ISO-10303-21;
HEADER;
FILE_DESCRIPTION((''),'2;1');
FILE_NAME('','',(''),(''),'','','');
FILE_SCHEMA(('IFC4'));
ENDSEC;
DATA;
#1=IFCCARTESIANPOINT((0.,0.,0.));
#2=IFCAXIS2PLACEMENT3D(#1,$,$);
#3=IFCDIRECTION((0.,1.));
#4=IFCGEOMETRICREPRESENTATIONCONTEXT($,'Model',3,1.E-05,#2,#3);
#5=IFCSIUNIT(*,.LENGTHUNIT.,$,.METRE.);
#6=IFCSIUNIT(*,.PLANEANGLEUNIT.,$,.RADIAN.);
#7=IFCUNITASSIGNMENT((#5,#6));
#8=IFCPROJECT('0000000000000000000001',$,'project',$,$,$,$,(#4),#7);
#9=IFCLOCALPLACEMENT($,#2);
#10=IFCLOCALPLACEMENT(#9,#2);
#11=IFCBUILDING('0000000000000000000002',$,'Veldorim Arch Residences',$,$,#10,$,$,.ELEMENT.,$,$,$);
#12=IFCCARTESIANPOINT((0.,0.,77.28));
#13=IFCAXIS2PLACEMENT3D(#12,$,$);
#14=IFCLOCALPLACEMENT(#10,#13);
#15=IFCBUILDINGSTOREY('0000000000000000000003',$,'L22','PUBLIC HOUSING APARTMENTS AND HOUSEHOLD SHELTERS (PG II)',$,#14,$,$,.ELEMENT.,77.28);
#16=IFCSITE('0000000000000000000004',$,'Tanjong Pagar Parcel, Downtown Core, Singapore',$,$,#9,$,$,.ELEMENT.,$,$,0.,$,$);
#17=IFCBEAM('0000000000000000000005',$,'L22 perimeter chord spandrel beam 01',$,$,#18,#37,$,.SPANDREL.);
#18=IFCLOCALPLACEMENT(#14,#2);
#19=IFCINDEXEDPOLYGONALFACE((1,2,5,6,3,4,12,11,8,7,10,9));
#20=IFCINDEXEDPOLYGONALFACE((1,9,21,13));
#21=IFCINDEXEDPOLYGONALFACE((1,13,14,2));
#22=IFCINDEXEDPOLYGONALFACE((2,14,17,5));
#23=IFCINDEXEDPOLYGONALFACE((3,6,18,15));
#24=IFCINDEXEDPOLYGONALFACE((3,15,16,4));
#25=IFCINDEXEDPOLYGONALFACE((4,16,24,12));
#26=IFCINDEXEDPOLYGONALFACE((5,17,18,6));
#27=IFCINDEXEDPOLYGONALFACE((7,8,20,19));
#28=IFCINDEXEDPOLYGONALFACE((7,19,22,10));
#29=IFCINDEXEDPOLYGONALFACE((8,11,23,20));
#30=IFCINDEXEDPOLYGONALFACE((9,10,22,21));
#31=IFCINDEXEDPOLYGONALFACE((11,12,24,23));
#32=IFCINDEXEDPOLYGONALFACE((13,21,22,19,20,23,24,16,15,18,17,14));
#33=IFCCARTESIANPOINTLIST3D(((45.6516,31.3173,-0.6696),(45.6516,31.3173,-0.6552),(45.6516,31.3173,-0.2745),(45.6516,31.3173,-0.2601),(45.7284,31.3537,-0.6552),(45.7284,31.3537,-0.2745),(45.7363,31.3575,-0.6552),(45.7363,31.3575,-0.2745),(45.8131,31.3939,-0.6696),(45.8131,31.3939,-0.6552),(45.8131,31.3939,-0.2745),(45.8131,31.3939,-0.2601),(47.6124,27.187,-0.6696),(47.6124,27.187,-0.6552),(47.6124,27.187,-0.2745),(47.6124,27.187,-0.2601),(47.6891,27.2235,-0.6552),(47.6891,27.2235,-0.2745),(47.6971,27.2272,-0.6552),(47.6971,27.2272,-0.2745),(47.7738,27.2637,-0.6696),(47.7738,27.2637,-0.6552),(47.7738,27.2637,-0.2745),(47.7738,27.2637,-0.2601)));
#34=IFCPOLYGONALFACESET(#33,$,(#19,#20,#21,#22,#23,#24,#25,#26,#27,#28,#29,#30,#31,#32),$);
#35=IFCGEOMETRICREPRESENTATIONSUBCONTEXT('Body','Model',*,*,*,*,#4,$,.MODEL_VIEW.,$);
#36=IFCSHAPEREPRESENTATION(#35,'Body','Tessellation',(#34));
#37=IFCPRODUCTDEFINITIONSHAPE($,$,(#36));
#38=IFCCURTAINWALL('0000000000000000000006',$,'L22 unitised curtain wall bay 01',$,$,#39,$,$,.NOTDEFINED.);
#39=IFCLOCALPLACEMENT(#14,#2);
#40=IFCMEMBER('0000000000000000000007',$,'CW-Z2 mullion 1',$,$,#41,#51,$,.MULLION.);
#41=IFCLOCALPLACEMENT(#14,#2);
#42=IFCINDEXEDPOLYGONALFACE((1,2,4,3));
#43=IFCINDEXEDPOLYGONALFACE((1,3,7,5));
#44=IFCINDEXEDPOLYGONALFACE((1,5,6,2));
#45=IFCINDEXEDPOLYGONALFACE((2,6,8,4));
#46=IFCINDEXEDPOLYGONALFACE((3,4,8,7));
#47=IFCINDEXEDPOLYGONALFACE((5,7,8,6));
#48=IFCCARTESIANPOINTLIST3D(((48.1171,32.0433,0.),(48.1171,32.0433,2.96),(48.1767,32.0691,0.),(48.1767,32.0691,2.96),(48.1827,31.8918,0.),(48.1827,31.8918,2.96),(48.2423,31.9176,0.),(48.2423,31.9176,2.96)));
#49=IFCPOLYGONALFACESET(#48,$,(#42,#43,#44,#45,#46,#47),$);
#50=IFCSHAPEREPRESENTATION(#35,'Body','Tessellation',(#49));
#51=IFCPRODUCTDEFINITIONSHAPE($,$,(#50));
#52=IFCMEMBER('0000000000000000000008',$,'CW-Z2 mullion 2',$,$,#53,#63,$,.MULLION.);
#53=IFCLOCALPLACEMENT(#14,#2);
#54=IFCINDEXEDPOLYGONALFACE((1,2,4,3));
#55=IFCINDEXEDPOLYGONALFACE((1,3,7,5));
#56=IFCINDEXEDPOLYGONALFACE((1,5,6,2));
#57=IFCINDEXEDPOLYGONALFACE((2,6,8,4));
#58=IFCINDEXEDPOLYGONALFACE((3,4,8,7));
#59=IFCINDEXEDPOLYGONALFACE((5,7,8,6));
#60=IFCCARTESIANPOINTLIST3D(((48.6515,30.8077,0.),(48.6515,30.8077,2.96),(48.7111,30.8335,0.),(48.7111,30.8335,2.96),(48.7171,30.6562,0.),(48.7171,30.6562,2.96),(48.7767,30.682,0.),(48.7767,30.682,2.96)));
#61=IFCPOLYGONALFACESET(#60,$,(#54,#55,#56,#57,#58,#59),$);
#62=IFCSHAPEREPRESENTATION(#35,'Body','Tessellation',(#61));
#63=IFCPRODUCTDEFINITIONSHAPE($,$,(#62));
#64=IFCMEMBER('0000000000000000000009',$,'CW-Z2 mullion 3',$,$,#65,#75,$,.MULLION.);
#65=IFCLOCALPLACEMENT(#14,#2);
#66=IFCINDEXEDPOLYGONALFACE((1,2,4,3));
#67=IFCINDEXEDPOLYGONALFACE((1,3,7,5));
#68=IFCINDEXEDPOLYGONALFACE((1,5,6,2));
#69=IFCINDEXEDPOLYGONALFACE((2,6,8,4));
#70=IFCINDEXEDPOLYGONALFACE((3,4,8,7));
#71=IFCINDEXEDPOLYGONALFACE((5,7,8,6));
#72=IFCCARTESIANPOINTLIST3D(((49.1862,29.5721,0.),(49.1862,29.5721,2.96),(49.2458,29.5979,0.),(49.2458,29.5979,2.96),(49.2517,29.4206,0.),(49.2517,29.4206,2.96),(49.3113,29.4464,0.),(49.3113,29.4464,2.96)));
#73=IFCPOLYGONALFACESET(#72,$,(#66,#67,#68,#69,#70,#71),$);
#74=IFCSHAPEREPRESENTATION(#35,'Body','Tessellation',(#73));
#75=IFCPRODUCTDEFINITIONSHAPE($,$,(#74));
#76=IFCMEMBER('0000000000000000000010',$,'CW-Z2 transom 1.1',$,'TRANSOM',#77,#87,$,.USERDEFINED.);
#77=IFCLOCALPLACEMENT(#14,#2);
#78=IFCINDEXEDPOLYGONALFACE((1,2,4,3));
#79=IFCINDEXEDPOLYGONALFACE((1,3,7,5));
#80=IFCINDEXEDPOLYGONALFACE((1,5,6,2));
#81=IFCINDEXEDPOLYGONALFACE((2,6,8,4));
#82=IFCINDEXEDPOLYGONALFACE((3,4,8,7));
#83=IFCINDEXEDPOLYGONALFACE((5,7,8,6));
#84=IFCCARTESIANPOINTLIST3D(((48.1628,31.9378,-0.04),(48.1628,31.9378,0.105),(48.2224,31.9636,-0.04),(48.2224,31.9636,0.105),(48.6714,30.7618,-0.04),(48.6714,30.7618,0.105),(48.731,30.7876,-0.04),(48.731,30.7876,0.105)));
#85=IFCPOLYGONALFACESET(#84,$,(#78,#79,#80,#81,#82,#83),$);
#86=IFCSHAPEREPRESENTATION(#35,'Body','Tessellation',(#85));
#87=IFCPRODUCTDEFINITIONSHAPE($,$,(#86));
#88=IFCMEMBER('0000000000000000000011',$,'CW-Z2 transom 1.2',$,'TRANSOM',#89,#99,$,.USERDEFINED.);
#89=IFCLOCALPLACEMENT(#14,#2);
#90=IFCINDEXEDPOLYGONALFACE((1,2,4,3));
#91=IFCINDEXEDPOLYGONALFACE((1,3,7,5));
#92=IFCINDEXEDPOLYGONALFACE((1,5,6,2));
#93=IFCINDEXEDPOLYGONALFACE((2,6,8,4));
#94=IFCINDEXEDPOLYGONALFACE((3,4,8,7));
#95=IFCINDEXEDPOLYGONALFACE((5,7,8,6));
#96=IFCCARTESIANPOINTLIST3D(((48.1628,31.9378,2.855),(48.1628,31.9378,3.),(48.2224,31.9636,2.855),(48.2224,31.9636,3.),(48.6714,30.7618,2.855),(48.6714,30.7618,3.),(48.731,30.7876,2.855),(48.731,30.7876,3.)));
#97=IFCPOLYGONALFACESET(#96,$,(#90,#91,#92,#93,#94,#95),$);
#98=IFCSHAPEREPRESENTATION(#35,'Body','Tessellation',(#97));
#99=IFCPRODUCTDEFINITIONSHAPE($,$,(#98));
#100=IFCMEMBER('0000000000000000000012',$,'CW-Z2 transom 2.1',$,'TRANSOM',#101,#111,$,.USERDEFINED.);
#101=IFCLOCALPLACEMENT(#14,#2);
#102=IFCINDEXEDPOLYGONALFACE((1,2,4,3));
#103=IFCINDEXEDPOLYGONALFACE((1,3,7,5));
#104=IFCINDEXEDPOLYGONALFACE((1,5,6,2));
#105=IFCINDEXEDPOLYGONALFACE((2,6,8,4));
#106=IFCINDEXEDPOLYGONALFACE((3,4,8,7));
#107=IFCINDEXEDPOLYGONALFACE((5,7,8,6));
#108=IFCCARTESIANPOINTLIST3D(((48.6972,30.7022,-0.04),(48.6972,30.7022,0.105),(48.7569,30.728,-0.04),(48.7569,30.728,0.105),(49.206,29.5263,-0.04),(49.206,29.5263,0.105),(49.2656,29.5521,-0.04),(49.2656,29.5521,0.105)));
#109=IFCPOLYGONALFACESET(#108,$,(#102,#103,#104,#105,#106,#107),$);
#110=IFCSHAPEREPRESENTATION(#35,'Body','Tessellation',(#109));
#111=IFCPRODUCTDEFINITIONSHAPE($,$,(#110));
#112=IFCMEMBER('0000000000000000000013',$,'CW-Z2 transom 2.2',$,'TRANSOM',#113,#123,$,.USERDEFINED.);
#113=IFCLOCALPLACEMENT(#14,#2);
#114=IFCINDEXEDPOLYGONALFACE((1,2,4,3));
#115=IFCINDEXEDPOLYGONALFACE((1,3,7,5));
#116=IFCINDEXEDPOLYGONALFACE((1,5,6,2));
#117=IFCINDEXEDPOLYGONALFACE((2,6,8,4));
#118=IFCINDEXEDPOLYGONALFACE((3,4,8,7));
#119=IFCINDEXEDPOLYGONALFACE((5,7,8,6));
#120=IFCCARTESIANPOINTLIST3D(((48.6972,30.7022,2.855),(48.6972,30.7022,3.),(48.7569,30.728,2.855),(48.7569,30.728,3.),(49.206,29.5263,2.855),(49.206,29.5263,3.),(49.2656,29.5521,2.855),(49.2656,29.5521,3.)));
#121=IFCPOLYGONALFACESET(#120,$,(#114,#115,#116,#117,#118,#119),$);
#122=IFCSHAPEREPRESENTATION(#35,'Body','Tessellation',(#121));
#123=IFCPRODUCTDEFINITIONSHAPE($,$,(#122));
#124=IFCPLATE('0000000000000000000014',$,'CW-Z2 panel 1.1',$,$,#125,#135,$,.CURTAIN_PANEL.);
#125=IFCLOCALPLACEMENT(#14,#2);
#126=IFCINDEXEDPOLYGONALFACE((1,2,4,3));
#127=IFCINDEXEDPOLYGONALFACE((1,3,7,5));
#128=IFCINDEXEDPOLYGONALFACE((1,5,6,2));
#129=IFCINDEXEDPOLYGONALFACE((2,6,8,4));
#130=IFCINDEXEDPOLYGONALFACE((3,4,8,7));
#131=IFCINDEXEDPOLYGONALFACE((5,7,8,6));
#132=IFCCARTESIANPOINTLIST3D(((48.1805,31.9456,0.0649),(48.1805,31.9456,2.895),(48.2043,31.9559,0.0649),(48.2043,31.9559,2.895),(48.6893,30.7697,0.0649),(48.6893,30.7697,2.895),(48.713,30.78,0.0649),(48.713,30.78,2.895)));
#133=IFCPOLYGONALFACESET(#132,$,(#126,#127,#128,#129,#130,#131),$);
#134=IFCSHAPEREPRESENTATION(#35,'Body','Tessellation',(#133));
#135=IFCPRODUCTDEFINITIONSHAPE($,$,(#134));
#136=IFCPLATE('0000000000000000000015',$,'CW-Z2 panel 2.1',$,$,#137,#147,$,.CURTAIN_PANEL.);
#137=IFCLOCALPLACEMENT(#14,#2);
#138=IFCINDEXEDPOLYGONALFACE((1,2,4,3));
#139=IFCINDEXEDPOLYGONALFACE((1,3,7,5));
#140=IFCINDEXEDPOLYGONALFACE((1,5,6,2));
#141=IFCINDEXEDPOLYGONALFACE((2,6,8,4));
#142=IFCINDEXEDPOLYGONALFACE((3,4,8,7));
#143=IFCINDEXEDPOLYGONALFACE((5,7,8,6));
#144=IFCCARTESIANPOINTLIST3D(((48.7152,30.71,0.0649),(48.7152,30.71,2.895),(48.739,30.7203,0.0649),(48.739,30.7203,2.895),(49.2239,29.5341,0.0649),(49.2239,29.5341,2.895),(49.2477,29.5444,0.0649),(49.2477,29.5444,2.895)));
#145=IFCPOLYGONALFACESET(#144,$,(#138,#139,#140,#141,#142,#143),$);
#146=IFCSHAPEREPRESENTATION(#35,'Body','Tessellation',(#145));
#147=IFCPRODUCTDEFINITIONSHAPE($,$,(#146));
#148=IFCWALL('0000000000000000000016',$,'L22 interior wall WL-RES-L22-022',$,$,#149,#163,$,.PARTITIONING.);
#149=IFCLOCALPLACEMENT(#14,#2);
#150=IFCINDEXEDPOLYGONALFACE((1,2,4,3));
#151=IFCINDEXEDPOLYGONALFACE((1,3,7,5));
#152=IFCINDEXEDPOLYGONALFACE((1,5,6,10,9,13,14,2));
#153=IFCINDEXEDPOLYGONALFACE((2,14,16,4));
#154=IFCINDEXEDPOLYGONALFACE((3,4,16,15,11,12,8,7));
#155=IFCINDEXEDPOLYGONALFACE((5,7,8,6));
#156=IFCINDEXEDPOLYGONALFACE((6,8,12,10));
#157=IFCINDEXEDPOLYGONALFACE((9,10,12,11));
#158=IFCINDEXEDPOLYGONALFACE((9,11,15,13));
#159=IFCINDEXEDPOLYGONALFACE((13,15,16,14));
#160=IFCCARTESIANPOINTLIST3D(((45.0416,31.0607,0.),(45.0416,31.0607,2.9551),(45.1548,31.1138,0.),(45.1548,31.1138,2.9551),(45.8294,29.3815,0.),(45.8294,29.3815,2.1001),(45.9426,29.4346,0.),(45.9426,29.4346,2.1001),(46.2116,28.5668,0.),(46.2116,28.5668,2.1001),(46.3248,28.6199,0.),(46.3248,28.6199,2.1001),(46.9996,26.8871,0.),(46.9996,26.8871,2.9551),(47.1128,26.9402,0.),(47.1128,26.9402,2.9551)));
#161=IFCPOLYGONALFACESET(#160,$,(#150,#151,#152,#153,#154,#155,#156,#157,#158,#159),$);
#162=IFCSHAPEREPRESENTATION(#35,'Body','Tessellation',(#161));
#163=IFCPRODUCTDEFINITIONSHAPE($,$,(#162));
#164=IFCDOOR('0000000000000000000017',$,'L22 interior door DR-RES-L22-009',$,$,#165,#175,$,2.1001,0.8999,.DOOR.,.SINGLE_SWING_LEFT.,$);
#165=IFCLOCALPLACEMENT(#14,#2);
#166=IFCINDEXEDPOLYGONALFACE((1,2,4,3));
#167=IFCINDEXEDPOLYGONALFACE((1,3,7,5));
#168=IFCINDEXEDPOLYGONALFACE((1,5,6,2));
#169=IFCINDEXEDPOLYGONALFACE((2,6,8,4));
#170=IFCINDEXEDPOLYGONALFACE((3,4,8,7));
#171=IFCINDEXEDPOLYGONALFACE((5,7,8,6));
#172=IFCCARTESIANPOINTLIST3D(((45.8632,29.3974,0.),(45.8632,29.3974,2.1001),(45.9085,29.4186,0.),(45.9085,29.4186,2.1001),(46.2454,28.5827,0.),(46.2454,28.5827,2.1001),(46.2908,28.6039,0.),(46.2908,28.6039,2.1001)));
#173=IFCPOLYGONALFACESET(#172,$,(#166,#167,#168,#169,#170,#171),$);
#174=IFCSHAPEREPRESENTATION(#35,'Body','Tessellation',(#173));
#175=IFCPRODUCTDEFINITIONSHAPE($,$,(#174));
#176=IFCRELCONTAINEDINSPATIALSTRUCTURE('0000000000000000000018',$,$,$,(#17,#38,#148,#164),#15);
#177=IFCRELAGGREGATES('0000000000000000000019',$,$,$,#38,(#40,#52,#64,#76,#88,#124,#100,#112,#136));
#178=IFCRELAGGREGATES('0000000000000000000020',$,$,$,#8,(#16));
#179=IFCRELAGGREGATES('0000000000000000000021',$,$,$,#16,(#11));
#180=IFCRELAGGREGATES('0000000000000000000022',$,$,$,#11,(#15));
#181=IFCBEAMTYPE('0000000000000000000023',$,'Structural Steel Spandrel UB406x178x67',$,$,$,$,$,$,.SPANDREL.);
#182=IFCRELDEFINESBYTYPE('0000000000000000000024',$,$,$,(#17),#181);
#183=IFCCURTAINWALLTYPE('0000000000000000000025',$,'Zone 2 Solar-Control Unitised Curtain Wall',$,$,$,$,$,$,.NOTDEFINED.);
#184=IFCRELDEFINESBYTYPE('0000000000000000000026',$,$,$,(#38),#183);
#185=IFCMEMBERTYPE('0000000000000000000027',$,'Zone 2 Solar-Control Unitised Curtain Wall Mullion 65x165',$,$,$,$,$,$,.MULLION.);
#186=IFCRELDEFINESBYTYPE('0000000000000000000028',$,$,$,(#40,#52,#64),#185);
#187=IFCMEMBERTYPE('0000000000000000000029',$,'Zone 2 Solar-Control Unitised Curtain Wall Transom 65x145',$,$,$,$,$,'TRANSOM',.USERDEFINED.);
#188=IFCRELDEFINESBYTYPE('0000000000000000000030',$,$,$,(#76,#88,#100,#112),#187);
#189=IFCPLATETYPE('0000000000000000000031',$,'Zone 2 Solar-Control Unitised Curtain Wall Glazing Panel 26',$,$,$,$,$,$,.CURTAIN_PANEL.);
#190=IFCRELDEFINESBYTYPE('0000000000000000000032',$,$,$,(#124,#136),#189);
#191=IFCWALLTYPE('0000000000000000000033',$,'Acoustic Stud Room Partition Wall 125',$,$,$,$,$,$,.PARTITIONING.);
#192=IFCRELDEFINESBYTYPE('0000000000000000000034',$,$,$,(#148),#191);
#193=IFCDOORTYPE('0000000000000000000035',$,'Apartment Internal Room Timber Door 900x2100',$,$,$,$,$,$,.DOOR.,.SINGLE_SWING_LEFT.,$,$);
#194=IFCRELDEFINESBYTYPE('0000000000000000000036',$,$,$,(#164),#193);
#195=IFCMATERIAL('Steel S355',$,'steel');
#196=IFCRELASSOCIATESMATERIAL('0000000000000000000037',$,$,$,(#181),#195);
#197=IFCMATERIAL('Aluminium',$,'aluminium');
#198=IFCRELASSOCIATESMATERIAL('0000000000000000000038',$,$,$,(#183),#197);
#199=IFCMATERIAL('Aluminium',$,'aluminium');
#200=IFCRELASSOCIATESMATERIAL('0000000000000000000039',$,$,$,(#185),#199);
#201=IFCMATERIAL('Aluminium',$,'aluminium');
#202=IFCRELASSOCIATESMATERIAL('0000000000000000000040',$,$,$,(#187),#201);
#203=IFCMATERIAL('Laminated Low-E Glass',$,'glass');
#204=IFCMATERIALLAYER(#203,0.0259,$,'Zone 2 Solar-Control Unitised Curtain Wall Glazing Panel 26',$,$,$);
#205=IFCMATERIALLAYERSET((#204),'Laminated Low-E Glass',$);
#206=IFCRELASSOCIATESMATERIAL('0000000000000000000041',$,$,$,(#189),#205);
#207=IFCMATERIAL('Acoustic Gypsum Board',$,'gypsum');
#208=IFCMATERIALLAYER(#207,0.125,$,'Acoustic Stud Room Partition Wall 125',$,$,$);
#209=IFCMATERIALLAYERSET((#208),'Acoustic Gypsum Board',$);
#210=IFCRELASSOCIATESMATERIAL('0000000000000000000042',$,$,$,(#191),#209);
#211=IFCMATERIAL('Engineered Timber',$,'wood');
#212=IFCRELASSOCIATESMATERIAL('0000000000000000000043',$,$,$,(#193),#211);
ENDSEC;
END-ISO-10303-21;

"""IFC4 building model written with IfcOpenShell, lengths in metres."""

from ifc_helpers import new_model, si_unit, direction, frame, frame_2d, origin, origin_2d, place, context, subcontext, project, spatial, rectangle, i_section, extrude, material, layer, layer_set, material_profile, profile_set, type_object, element, fill, aggregate, save


model = new_model("IFC4")

# Units and contexts
model_context = context("Model", 3, precision=1e-05, world=origin(), true_north=direction((0.0, 1.0)))
body_context = subcontext(model_context, "Body", "Model", "MODEL_VIEW")
ifc_project = project(units=[si_unit("LENGTHUNIT", "METRE"), si_unit("PLANEANGLEUNIT", "RADIAN")], contexts=[model_context])

# Site, building, storey
site_placement = place(None, origin())
site = spatial("IfcSite", under=ifc_project, at=site_placement, Name="Tanjong Pagar Parcel, Downtown Core, Singapore", CompositionType="ELEMENT", RefElevation=0.0)
building_placement = place(site_placement, origin())
building = spatial("IfcBuilding", under=site, at=building_placement, Name="Veldorim Arch Residences", CompositionType="ELEMENT")
storey_placement = place(building_placement, frame((0.0, 0.0, 77.28)))
storey = spatial("IfcBuildingStorey", under=building, at=storey_placement, Name="L22", Description="PUBLIC HOUSING APARTMENTS AND HOUSEHOLD SHELTERS (PG II)", CompositionType="ELEMENT", Elevation=77.28)

# Beam
ifc_material_1 = material(Name="Steel S355", Category="steel")
ifc_material_profile_1 = material_profile(ifc_material_1, i_section(OverallWidth=0.1787, OverallDepth=0.4094, WebThickness=0.0088, FlangeThickness=0.0144, at=origin_2d()), Name="UB406x178x67")
ifc_profile_set_1 = profile_set([ifc_material_profile_1], Name="Steel S355")
beam_type_1 = type_object("IfcBeamType", Name="Structural Steel Spandrel UB406x178x67", PredefinedType="SPANDREL", material=ifc_profile_set_1)
beam_1_placement = place(storey_placement, frame((47.6931, 27.2253, -0.4648), z_axis=(-0.428857, 0.903372, 0.0), x_axis=(-0.903372, -0.428857, 0.0)))
element("IfcBeam", 1, at=beam_1_placement, inside=storey, type_object=beam_type_1, Name="L22 perimeter chord spandrel beam 01", PredefinedType="SPANDREL", context=body_context, shape_type="SweptSolid", body=[
    extrude(i_section(OverallWidth=0.1787, OverallDepth=0.4094, WebThickness=0.0088, FlangeThickness=0.0144, at=origin_2d()), origin(), (0.0, 0.0, 1.0), 4.572),
])

# Curtain wall, members, plates
ifc_material_2 = material(Name="Aluminium", Category="aluminium")
curtain_wall_type = type_object("IfcCurtainWallType", Name="Zone 2 Solar-Control Unitised Curtain Wall", PredefinedType="NOTDEFINED", material=ifc_material_2)
curtain_wall_placement = place(storey_placement, origin())
curtain_wall = element("IfcCurtainWall", 2, at=curtain_wall_placement, inside=storey, type_object=curtain_wall_type, Name="L22 unitised curtain wall bay 01", PredefinedType="NOTDEFINED")
ifc_material_3 = material(Name="Aluminium", Category="aluminium")
ifc_material_profile_2 = material_profile(ifc_material_3, rectangle(XDim=0.0649, YDim=0.165, at=origin_2d()), Name="ALU_MUL_65x165")
ifc_profile_set_2 = profile_set([ifc_material_profile_2], Name="Aluminium")
member_type_1 = type_object("IfcMemberType", Name="Zone 2 Solar-Control Unitised Curtain Wall Mullion 65x165", PredefinedType="MULLION", material=ifc_profile_set_2)
member_1_placement = place(storey_placement, frame((48.1797, 31.9805, 0.0), z_axis=(0.0, 0.0, 1.0), x_axis=(0.917797, 0.397051, 0.0)))
member_1 = element("IfcMember", 3, at=member_1_placement, type_object=member_type_1, Name="CW-Z2 mullion 1", PredefinedType="MULLION", context=body_context, shape_type="SweptSolid", body=[
    extrude(rectangle(XDim=0.0649, YDim=0.165, at=origin_2d()), origin(), (0.0, 0.0, 1.0), 2.96),
])
member_2_placement = place(storey_placement, frame((48.7141, 30.7449, 0.0), z_axis=(0.0, 0.0, 1.0), x_axis=(0.917797, 0.397051, 0.0)))
member_2 = element("IfcMember", 4, at=member_2_placement, type_object=member_type_1, Name="CW-Z2 mullion 2", PredefinedType="MULLION", context=body_context, shape_type="SweptSolid", body=[
    extrude(rectangle(XDim=0.0649, YDim=0.165, at=origin_2d()), origin(), (0.0, 0.0, 1.0), 2.96),
])
member_3_placement = place(storey_placement, frame((49.2488, 29.5093, 0.0), z_axis=(0.0, 0.0, 1.0), x_axis=(0.917797, 0.397051, 0.0)))
member_3 = element("IfcMember", 5, at=member_3_placement, type_object=member_type_1, Name="CW-Z2 mullion 3", PredefinedType="MULLION", context=body_context, shape_type="SweptSolid", body=[
    extrude(rectangle(XDim=0.0649, YDim=0.165, at=origin_2d()), origin(), (0.0, 0.0, 1.0), 2.96),
])
ifc_material_4 = material(Name="Aluminium", Category="aluminium")
ifc_material_profile_3 = material_profile(ifc_material_4, rectangle(XDim=0.0649, YDim=0.145, at=origin_2d()), Name="ALU_TRN_65x145")
ifc_profile_set_3 = profile_set([ifc_material_profile_3], Name="Aluminium")
member_type_2 = type_object("IfcMemberType", Name="Zone 2 Solar-Control Unitised Curtain Wall Transom 65x145", ElementType="TRANSOM", PredefinedType="USERDEFINED", material=ifc_profile_set_3)
member_4_placement = place(storey_placement, frame((48.1926, 31.9507, 0.0325), z_axis=(0.396907, -0.917859, 0.0), x_axis=(0.917859, 0.396907, 0.0)))
member_4 = element("IfcMember", 6, at=member_4_placement, type_object=member_type_2, Name="CW-Z2 transom 1.1", ObjectType="TRANSOM", PredefinedType="USERDEFINED", context=body_context, shape_type="SweptSolid", body=[
    extrude(rectangle(XDim=0.0649, YDim=0.145, at=origin_2d()), origin(), (0.0, 0.0, 1.0), 1.2812),
])
member_5_placement = place(storey_placement, frame((48.1926, 31.9507, 2.9275), z_axis=(0.396907, -0.917859, 0.0), x_axis=(0.917859, 0.396907, 0.0)))
member_5 = element("IfcMember", 7, at=member_5_placement, type_object=member_type_2, Name="CW-Z2 transom 1.2", ObjectType="TRANSOM", PredefinedType="USERDEFINED", context=body_context, shape_type="SweptSolid", body=[
    extrude(rectangle(XDim=0.0649, YDim=0.145, at=origin_2d()), origin(), (0.0, 0.0, 1.0), 1.2812),
])
member_6_placement = place(storey_placement, frame((48.7271, 30.7151, 0.0325), z_axis=(0.397067, -0.917789, 0.0), x_axis=(0.917789, 0.397067, 0.0)))
member_6 = element("IfcMember", 8, at=member_6_placement, type_object=member_type_2, Name="CW-Z2 transom 2.1", ObjectType="TRANSOM", PredefinedType="USERDEFINED", context=body_context, shape_type="SweptSolid", body=[
    extrude(rectangle(XDim=0.0649, YDim=0.145, at=origin_2d()), origin(), (0.0, 0.0, 1.0), 1.2812),
])
member_7_placement = place(storey_placement, frame((48.7271, 30.7151, 2.9275), z_axis=(0.397067, -0.917789, 0.0), x_axis=(0.917789, 0.397067, 0.0)))
member_7 = element("IfcMember", 9, at=member_7_placement, type_object=member_type_2, Name="CW-Z2 transom 2.2", ObjectType="TRANSOM", PredefinedType="USERDEFINED", context=body_context, shape_type="SweptSolid", body=[
    extrude(rectangle(XDim=0.0649, YDim=0.145, at=origin_2d()), origin(), (0.0, 0.0, 1.0), 1.2812),
])
ifc_material_5 = material(Name="Laminated Low-E Glass", Category="glass")
ifc_layer_1 = layer(ifc_material_5, 0.0259, Name="Zone 2 Solar-Control Unitised Curtain Wall Glazing Panel 26")
ifc_layer_set_1 = layer_set([ifc_layer_1], Name="Laminated Low-E Glass")
plate_type = type_object("IfcPlateType", Name="Zone 2 Solar-Control Unitised Curtain Wall Glazing Panel 26", PredefinedType="CURTAIN_PANEL", material=ifc_layer_set_1)
plate_1_placement = place(storey_placement, frame((48.4468, 31.3628, 0.0649), z_axis=(0.0, 0.0, 1.0), x_axis=(0.397051, -0.917797, 0.0)))
plate_1 = element("IfcPlate", 10, at=plate_1_placement, type_object=plate_type, Name="CW-Z2 panel 1.1", PredefinedType="CURTAIN_PANEL", context=body_context, shape_type="SweptSolid", body=[
    extrude(rectangle(XDim=1.2812, YDim=0.0259, at=origin_2d()), origin(), (0.0, 0.0, 1.0), 2.8301),
])
plate_2_placement = place(storey_placement, frame((48.9814, 30.1272, 0.0649), z_axis=(0.0, 0.0, 1.0), x_axis=(0.397051, -0.917797, 0.0)))
plate_2 = element("IfcPlate", 11, at=plate_2_placement, type_object=plate_type, Name="CW-Z2 panel 2.1", PredefinedType="CURTAIN_PANEL", context=body_context, shape_type="SweptSolid", body=[
    extrude(rectangle(XDim=1.2812, YDim=0.0259, at=origin_2d()), origin(), (0.0, 0.0, 1.0), 2.8301),
])
aggregate(curtain_wall, [member_1, member_2, member_3, member_4, member_5, plate_1, member_6, member_7, plate_2])

# Wall, opening, door
ifc_material_6 = material(Name="Acoustic Gypsum Board", Category="gypsum")
ifc_layer_2 = layer(ifc_material_6, 0.125, Name="Acoustic Stud Room Partition Wall 125")
ifc_layer_set_2 = layer_set([ifc_layer_2], Name="Acoustic Gypsum Board")
wall_type_1 = type_object("IfcWallType", Name="Acoustic Stud Room Partition Wall 125", PredefinedType="PARTITIONING", material=ifc_layer_set_2)
wall_1_placement = place(storey_placement, frame((45.0981, 31.0874, 0.0), z_axis=(0.0, 0.0, 1.0), x_axis=(0.424726, -0.905322, 0.0)))
wall_1 = element("IfcWall", 12, at=wall_1_placement, inside=storey, type_object=wall_type_1, Name="L22 interior wall WL-RES-L22-022", PredefinedType="PARTITIONING", context=body_context, shape_type="SweptSolid", body=[
    extrude(rectangle(XDim=4.6101, YDim=0.125, at=frame_2d((2.3052, 0.0))), origin(), (0.0, 0.0, 1.0), 2.9551),
])
opening_1_placement = place(wall_1_placement, frame((1.855, 0.0, 0.0)))
opening_1 = element("IfcOpeningElement", 13, at=opening_1_placement, cuts=wall_1, PredefinedType="OPENING", context=body_context, shape_type="SweptSolid", body=[
    extrude(rectangle(XDim=0.8999, YDim=2.1001, at=frame_2d((0.45, 1.05))), frame((0.0, 0.0725, 0.0), z_axis=(0.0, -1.0, 0.0), x_axis=(1.0, 0.0, 0.0)), (0.0, 0.0, 1.0), 0.145),
])
ifc_material_7 = material(Name="Engineered Timber", Category="wood")
door_type = type_object("IfcDoorType", Name="Apartment Internal Room Timber Door 900x2100", OperationType="SINGLE_SWING_LEFT", PredefinedType="DOOR", material=ifc_material_7)
door_placement = place(opening_1_placement, origin())
door = element("IfcDoor", 14, at=door_placement, inside=storey, type_object=door_type, Name="L22 interior door DR-RES-L22-009", OperationType="SINGLE_SWING_LEFT", OverallHeight=2.1001, OverallWidth=0.8999, PredefinedType="DOOR", context=body_context, shape_type="SweptSolid", body=[
    extrude(rectangle(XDim=0.8999, YDim=2.1001, at=frame_2d((0.45, 1.05))), frame((0.0, 0.0249, 0.0), z_axis=(0.0, -1.0, 0.0), x_axis=(1.0, 0.0, 0.0)), (0.0, 0.0, 1.0), 0.05),
])
fill(opening_1, door)

save(model, "model.ifc")
